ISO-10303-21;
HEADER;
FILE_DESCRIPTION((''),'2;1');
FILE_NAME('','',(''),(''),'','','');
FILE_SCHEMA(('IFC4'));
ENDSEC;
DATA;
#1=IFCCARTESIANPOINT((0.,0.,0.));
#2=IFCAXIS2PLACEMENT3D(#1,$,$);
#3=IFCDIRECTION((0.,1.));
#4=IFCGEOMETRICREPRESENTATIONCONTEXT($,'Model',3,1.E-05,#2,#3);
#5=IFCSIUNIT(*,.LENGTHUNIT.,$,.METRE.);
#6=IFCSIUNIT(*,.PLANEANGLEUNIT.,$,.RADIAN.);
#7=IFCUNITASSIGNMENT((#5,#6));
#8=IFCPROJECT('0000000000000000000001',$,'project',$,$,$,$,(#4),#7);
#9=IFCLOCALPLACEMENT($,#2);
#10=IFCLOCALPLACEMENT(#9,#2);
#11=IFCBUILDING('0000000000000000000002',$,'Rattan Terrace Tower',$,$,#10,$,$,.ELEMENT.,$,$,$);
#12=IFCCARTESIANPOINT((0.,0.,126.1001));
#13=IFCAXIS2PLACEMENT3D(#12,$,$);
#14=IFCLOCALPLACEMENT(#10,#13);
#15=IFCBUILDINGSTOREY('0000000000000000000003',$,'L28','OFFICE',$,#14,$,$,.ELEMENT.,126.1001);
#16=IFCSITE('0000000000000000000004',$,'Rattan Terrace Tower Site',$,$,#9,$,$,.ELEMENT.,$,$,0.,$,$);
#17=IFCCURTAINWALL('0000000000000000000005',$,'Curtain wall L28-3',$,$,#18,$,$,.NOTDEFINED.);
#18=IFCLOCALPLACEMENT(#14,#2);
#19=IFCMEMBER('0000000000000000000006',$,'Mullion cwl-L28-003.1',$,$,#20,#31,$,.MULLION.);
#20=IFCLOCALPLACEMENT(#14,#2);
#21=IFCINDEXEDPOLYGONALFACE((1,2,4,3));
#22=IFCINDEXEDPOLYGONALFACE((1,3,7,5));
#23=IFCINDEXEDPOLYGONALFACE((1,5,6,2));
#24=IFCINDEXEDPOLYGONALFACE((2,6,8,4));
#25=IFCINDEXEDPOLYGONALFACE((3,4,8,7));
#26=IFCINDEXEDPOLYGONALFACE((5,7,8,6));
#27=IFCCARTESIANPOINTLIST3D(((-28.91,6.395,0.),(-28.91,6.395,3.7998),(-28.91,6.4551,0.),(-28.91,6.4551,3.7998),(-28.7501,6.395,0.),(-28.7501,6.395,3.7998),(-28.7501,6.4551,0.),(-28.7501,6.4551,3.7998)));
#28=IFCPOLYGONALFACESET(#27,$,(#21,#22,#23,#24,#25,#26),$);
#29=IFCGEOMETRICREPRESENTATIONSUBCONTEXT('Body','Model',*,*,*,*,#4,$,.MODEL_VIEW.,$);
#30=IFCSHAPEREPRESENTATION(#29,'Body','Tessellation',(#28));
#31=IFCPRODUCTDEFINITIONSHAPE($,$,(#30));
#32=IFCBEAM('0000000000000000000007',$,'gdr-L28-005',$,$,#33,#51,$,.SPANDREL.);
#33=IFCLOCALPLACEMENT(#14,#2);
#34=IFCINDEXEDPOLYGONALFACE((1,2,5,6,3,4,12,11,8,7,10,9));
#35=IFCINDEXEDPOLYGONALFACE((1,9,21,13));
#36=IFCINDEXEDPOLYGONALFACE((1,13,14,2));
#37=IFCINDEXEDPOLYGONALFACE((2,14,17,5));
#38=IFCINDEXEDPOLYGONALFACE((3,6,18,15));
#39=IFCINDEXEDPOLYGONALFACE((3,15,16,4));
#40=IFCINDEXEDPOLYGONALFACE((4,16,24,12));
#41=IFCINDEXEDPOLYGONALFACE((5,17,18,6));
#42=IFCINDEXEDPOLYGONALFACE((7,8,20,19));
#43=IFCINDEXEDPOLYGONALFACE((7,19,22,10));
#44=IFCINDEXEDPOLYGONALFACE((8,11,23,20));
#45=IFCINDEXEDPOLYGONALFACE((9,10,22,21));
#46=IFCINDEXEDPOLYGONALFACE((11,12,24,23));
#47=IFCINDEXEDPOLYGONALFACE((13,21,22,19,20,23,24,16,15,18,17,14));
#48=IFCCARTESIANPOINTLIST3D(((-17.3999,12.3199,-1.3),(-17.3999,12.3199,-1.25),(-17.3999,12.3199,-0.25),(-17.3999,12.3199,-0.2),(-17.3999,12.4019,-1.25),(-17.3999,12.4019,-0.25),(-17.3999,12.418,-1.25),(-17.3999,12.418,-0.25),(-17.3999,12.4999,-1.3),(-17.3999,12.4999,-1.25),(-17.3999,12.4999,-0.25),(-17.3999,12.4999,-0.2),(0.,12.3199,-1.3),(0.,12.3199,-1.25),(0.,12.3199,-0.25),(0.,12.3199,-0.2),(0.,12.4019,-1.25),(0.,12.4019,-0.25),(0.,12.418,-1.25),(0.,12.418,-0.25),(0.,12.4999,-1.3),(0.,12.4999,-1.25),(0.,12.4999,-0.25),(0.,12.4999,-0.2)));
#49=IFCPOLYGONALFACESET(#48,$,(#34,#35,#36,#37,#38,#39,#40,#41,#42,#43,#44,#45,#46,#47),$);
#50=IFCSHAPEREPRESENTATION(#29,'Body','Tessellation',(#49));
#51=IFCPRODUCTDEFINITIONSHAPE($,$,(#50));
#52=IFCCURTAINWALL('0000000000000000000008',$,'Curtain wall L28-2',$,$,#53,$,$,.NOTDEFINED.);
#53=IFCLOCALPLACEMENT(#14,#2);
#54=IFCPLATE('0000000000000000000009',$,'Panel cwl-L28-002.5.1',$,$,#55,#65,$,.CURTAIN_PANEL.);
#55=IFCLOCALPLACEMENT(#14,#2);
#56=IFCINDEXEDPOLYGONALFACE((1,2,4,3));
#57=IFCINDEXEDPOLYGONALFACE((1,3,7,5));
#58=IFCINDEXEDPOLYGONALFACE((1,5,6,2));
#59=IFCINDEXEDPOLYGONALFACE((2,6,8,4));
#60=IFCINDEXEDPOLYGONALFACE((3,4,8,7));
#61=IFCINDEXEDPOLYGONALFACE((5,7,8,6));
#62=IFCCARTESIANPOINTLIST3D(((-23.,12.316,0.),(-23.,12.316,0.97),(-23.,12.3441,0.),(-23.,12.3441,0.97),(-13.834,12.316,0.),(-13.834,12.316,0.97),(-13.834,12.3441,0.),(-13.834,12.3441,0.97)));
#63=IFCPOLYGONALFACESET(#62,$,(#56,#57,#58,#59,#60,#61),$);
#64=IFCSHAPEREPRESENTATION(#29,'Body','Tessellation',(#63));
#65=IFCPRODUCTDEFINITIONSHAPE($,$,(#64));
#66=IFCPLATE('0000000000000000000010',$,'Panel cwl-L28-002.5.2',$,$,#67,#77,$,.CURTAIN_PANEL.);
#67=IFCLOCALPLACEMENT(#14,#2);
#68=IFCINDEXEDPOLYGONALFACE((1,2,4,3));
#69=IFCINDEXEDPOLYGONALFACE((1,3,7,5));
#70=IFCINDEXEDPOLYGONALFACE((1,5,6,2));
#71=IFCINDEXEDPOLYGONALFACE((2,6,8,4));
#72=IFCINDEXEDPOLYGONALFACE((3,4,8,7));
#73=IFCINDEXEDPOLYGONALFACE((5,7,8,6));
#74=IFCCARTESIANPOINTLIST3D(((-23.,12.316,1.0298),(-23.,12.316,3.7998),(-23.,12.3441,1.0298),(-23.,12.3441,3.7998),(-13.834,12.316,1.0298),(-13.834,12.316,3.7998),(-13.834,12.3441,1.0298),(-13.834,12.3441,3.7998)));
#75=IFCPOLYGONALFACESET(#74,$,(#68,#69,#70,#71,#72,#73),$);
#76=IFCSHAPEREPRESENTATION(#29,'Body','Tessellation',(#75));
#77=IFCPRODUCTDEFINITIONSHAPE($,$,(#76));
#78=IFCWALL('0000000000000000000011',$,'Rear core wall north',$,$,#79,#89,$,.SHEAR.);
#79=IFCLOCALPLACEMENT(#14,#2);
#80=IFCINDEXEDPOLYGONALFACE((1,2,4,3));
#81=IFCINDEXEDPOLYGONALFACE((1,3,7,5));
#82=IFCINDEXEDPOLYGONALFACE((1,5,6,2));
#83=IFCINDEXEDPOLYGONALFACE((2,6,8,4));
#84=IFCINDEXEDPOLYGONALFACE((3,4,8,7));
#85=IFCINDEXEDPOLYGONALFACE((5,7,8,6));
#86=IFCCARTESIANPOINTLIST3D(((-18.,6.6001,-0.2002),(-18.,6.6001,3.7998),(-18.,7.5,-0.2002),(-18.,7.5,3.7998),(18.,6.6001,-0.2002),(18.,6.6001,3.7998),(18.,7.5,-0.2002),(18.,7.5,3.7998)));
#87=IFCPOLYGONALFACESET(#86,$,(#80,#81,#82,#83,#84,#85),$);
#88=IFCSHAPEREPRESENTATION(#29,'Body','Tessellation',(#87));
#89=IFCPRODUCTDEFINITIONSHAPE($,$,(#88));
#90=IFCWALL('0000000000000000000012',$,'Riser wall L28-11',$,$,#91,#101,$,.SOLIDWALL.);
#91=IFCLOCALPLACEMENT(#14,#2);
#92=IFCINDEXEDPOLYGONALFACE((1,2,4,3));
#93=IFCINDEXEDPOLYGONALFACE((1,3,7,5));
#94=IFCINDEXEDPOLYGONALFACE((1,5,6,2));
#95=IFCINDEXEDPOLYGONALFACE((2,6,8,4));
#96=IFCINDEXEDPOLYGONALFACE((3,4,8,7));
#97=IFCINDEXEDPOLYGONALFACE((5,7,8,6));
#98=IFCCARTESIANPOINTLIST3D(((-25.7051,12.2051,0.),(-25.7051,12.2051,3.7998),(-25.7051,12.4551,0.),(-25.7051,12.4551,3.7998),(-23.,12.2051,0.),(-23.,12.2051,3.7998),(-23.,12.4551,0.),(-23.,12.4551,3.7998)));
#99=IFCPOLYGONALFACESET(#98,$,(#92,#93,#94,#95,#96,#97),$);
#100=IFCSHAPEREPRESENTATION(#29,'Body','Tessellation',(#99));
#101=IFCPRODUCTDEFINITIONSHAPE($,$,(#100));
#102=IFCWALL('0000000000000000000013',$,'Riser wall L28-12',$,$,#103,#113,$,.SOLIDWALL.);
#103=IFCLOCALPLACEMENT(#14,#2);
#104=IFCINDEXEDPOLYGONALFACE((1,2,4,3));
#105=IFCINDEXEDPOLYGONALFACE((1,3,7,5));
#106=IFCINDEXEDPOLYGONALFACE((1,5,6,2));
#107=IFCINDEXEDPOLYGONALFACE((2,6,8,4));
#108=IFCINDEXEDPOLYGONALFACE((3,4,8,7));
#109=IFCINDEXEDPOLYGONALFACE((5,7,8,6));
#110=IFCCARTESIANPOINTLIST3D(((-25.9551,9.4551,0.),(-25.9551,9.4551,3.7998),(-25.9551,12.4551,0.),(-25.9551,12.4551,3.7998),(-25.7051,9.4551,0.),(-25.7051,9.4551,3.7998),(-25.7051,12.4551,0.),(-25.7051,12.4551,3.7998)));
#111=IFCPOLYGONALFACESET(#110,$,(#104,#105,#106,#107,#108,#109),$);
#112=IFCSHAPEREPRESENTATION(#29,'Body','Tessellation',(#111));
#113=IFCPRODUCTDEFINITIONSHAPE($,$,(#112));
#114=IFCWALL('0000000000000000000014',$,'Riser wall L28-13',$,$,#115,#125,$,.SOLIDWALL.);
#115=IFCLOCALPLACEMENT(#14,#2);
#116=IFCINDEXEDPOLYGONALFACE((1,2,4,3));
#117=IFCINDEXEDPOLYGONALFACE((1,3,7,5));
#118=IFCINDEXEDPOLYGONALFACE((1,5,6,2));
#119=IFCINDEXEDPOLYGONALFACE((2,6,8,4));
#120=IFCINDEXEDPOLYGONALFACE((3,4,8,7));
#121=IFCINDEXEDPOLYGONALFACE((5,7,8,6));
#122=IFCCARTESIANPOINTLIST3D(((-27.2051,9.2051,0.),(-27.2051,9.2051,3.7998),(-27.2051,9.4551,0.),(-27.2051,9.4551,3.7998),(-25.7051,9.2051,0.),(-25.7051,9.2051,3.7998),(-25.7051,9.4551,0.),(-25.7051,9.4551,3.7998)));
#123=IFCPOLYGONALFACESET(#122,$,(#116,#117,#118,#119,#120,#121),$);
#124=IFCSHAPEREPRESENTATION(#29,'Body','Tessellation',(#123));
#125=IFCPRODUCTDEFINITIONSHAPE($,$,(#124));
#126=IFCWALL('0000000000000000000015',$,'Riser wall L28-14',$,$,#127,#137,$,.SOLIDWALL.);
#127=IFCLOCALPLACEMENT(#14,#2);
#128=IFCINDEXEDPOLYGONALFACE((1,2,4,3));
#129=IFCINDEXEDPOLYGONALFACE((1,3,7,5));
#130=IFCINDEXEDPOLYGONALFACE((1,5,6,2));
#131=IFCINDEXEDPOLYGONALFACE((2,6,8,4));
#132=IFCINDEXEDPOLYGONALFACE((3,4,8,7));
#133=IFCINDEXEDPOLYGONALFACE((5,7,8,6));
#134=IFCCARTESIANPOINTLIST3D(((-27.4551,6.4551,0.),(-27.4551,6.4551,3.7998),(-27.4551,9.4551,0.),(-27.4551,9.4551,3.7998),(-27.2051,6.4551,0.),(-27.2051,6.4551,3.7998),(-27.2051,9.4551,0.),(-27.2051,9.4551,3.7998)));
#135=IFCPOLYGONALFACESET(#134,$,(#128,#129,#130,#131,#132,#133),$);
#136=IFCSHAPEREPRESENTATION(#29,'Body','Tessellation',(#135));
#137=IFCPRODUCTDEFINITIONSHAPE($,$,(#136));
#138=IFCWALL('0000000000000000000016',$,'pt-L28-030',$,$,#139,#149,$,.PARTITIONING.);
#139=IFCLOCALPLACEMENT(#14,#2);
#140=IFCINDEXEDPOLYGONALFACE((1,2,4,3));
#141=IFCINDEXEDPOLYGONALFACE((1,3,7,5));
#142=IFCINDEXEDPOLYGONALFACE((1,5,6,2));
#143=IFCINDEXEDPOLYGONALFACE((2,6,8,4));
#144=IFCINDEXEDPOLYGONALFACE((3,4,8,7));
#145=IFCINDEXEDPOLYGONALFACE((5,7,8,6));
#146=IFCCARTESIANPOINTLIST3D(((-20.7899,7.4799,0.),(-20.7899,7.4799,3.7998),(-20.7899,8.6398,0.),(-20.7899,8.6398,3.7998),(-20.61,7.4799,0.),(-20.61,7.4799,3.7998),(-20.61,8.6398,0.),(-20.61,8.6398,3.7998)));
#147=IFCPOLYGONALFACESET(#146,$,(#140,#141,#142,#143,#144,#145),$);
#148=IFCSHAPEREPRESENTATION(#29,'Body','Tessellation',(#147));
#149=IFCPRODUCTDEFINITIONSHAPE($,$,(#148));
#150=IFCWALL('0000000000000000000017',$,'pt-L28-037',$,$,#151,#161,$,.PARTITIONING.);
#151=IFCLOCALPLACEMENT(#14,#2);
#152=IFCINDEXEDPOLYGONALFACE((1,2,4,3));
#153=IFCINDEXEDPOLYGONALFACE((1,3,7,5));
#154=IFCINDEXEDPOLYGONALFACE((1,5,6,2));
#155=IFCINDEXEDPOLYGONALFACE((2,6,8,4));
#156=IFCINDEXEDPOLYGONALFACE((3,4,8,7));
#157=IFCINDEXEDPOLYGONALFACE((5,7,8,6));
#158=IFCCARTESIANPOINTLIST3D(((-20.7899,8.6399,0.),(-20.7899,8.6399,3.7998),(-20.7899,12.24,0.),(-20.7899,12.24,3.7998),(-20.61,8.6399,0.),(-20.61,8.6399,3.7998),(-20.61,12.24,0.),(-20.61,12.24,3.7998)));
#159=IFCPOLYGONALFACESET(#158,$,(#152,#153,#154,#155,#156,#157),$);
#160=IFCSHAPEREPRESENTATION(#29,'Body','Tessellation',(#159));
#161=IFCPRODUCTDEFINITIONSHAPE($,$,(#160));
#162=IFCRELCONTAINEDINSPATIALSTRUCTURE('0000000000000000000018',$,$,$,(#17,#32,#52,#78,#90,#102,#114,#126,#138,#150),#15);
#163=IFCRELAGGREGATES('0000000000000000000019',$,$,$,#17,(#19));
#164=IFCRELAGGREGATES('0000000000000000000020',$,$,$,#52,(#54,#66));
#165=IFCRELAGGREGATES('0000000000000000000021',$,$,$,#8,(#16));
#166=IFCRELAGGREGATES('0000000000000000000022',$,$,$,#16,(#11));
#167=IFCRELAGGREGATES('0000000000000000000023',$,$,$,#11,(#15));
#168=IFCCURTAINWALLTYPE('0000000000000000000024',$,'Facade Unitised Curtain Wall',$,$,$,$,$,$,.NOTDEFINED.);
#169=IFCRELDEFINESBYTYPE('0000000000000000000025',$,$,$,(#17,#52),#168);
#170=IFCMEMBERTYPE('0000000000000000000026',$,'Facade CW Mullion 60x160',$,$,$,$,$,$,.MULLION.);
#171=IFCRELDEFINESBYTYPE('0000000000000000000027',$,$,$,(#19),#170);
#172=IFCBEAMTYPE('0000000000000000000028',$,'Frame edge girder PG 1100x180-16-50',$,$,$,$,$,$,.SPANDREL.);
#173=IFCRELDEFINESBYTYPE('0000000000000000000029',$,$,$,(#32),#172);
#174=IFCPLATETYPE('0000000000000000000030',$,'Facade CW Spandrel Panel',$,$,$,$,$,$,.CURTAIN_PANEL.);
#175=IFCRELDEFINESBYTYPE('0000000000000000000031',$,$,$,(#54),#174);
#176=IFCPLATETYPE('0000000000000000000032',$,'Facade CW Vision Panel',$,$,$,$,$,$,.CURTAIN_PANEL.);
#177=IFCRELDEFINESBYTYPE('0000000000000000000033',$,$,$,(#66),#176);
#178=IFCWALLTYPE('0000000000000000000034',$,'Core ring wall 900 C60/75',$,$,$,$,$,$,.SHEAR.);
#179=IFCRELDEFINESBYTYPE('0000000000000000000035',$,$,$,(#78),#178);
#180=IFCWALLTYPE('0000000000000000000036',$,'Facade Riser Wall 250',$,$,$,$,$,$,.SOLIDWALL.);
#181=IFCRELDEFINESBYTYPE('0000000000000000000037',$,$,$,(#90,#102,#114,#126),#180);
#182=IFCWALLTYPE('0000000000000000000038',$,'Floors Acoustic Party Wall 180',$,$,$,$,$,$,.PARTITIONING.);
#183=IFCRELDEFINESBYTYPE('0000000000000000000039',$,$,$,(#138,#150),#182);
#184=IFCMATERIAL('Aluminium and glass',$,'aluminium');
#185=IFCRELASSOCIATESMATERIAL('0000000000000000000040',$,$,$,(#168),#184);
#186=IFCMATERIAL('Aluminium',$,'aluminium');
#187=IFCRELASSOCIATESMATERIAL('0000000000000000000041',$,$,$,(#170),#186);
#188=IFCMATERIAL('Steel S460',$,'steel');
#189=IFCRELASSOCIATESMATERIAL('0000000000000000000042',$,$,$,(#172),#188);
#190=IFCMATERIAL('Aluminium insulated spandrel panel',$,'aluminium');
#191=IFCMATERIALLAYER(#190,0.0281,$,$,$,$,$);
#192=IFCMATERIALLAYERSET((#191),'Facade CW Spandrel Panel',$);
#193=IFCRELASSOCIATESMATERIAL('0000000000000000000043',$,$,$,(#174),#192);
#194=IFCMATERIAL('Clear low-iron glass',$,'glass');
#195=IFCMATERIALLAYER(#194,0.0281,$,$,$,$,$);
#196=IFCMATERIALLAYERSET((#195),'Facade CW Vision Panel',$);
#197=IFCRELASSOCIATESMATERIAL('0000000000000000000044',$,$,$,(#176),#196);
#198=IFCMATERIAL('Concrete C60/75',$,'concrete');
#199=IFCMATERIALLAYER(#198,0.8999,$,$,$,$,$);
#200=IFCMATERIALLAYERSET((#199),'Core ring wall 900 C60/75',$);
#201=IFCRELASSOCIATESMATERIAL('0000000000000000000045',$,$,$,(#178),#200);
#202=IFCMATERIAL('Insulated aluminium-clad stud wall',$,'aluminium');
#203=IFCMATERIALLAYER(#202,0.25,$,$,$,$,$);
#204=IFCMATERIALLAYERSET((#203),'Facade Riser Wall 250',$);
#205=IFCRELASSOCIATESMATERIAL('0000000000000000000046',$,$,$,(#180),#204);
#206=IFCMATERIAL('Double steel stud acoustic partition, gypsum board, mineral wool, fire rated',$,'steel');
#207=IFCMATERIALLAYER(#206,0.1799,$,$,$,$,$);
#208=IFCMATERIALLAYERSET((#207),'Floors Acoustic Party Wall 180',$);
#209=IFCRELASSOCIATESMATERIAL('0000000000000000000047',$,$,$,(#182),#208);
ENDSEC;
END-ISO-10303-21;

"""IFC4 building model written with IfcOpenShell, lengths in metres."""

from ifc_helpers import new_model, si_unit, direction, frame, frame_2d, origin, origin_2d, place, context, subcontext, project, spatial, rectangle, i_section, extrude, material, layer, layer_set, material_profile, profile_set, type_object, element, aggregate, save


model = new_model("IFC4")

# Units and contexts
model_context = context("Model", 3, precision=1e-05, world=origin(), true_north=direction((0.0, 1.0)))
body_context = subcontext(model_context, "Body", "Model", "MODEL_VIEW")
ifc_project = project(units=[si_unit("LENGTHUNIT", "METRE"), si_unit("PLANEANGLEUNIT", "RADIAN")], contexts=[model_context])

# Site, building, storey
site_placement = place(None, origin())
site = spatial("IfcSite", under=ifc_project, at=site_placement, Name="Rattan Terrace Tower Site", CompositionType="ELEMENT", RefElevation=0.0)
building_placement = place(site_placement, origin())
building = spatial("IfcBuilding", under=site, at=building_placement, Name="Rattan Terrace Tower", CompositionType="ELEMENT")
storey_placement = place(building_placement, frame((0.0, 0.0, 126.1001)))
storey = spatial("IfcBuildingStorey", under=building, at=storey_placement, Name="L28", Description="OFFICE", CompositionType="ELEMENT", Elevation=126.1001)

# Curtain wall, member
ifc_material_1 = material(Name="Aluminium and glass", Category="aluminium")
curtain_wall_type = type_object("IfcCurtainWallType", Name="Facade Unitised Curtain Wall", PredefinedType="NOTDEFINED", material=ifc_material_1)
curtain_wall_1_placement = place(storey_placement, origin())
curtain_wall_1 = element("IfcCurtainWall", 1, at=curtain_wall_1_placement, inside=storey, type_object=curtain_wall_type, Name="Curtain wall L28-3", PredefinedType="NOTDEFINED")
ifc_material_2 = material(Name="Aluminium", Category="aluminium")
ifc_material_profile_1 = material_profile(ifc_material_2, rectangle(XDim=0.0601, YDim=0.1599, at=origin_2d()), Name="Aluminium 60x160")
ifc_profile_set_1 = profile_set([ifc_material_profile_1], Name="Aluminium")
member_type = type_object("IfcMemberType", Name="Facade CW Mullion 60x160", PredefinedType="MULLION", material=ifc_profile_set_1)
member_placement = place(storey_placement, frame((-28.8301, 6.425, 0.0), z_axis=(0.0, 0.0, 1.0), x_axis=(0.0, -1.0, 0.0)))
member = element("IfcMember", 2, at=member_placement, type_object=member_type, Name="Mullion cwl-L28-003.1", PredefinedType="MULLION", context=body_context, shape_type="SweptSolid", body=[
    extrude(rectangle(XDim=0.0601, YDim=0.1599, at=origin_2d()), origin(), (0.0, 0.0, 1.0), 3.7998),
])
aggregate(curtain_wall_1, [member])

# Beam
ifc_material_3 = material(Name="Steel S460", Category="steel")
ifc_material_profile_2 = material_profile(ifc_material_3, i_section(OverallWidth=0.1799, OverallDepth=1.1001, WebThickness=0.0161, FlangeThickness=0.05, at=origin_2d()), Name="PG 1100x180-16-50")
ifc_profile_set_2 = profile_set([ifc_material_profile_2], Name="Steel S460")
beam_type = type_object("IfcBeamType", Name="Frame edge girder PG 1100x180-16-50", PredefinedType="SPANDREL", material=ifc_profile_set_2)
beam_placement = place(storey_placement, frame((-17.3999, 12.4099, -0.75), z_axis=(1.0, 0.0, 0.0), x_axis=(0.0, 1.0, 0.0)))
element("IfcBeam", 3, at=beam_placement, inside=storey, type_object=beam_type, Name="gdr-L28-005", PredefinedType="SPANDREL", context=body_context, shape_type="SweptSolid", body=[
    extrude(i_section(OverallWidth=0.1799, OverallDepth=1.1001, WebThickness=0.0161, FlangeThickness=0.05, at=origin_2d()), origin(), (0.0, 0.0, 1.0), 17.3999),
])

# Curtain wall, plates
curtain_wall_2_placement = place(storey_placement, origin())
curtain_wall_2 = element("IfcCurtainWall", 4, at=curtain_wall_2_placement, inside=storey, type_object=curtain_wall_type, Name="Curtain wall L28-2", PredefinedType="NOTDEFINED")
ifc_material_4 = material(Name="Aluminium insulated spandrel panel", Category="aluminium")
ifc_layer_1 = layer(ifc_material_4, 0.0281)
ifc_layer_set_1 = layer_set([ifc_layer_1], Name="Facade CW Spandrel Panel")
plate_type_1 = type_object("IfcPlateType", Name="Facade CW Spandrel Panel", PredefinedType="CURTAIN_PANEL", material=ifc_layer_set_1)
plate_1_placement = place(storey_placement, frame((-18.417, 12.3301, 0.0), z_axis=(0.0, 0.0, 1.0), x_axis=(-1.0, 0.0, 0.0)))
plate_1 = element("IfcPlate", 5, at=plate_1_placement, type_object=plate_type_1, Name="Panel cwl-L28-002.5.1", PredefinedType="CURTAIN_PANEL", context=body_context, shape_type="SweptSolid", body=[
    extrude(rectangle(XDim=9.166, YDim=0.0281, at=origin_2d()), origin(), (0.0, 0.0, 1.0), 0.97),
])
ifc_material_5 = material(Name="Clear low-iron glass", Category="glass")
ifc_layer_2 = layer(ifc_material_5, 0.0281)
ifc_layer_set_2 = layer_set([ifc_layer_2], Name="Facade CW Vision Panel")
plate_type_2 = type_object("IfcPlateType", Name="Facade CW Vision Panel", PredefinedType="CURTAIN_PANEL", material=ifc_layer_set_2)
plate_2_placement = place(storey_placement, frame((-18.417, 12.3301, 1.0298), z_axis=(0.0, 0.0, 1.0), x_axis=(-1.0, 0.0, 0.0)))
plate_2 = element("IfcPlate", 6, at=plate_2_placement, type_object=plate_type_2, Name="Panel cwl-L28-002.5.2", PredefinedType="CURTAIN_PANEL", context=body_context, shape_type="SweptSolid", body=[
    extrude(rectangle(XDim=9.166, YDim=0.0281, at=origin_2d()), origin(), (0.0, 0.0, 1.0), 2.77),
])
aggregate(curtain_wall_2, [plate_1, plate_2])

# Walls
ifc_material_6 = material(Name="Concrete C60/75", Category="concrete")
ifc_layer_3 = layer(ifc_material_6, 0.8999)
ifc_layer_set_3 = layer_set([ifc_layer_3], Name="Core ring wall 900 C60/75")
wall_type_1 = type_object("IfcWallType", Name="Core ring wall 900 C60/75", PredefinedType="SHEAR", material=ifc_layer_set_3)
wall_1_placement = place(storey_placement, frame((-18.0, 7.05, -0.2002), z_axis=(0.0, 0.0, 1.0), x_axis=(1.0, 0.0, 0.0)))
element("IfcWall", 7, at=wall_1_placement, inside=storey, type_object=wall_type_1, Name="Rear core wall north", PredefinedType="SHEAR", context=body_context, shape_type="SweptSolid", body=[
    extrude(rectangle(XDim=36.0, YDim=0.8999, at=frame_2d((18.0, 0.0))), origin(), (0.0, 0.0, 1.0), 4.0),
])
ifc_material_7 = material(Name="Insulated aluminium-clad stud wall", Category="aluminium")
ifc_layer_4 = layer(ifc_material_7, 0.25)
ifc_layer_set_4 = layer_set([ifc_layer_4], Name="Facade Riser Wall 250")
wall_type_2 = type_object("IfcWallType", Name="Facade Riser Wall 250", PredefinedType="SOLIDWALL", material=ifc_layer_set_4)
wall_2_placement = place(storey_placement, frame((-23.0, 12.3301, 0.0), z_axis=(0.0, 0.0, 1.0), x_axis=(-1.0, 0.0, 0.0)))
element("IfcWall", 8, at=wall_2_placement, inside=storey, type_object=wall_type_2, Name="Riser wall L28-11", PredefinedType="SOLIDWALL", context=body_context, shape_type="SweptSolid", body=[
    extrude(rectangle(XDim=2.7051, YDim=0.25, at=frame_2d((1.3525, 0.0))), origin(), (0.0, 0.0, 1.0), 3.7998),
])
wall_3_placement = place(storey_placement, frame((-25.8301, 12.4551, 0.0), z_axis=(0.0, 0.0, 1.0), x_axis=(0.0, -1.0, 0.0)))
element("IfcWall", 9, at=wall_3_placement, inside=storey, type_object=wall_type_2, Name="Riser wall L28-12", PredefinedType="SOLIDWALL", context=body_context, shape_type="SweptSolid", body=[
    extrude(rectangle(XDim=3.0, YDim=0.25, at=frame_2d((1.5, 0.0))), origin(), (0.0, 0.0, 1.0), 3.7998),
])
wall_4_placement = place(storey_placement, frame((-25.7051, 9.3301, 0.0), z_axis=(0.0, 0.0, 1.0), x_axis=(-1.0, 0.0, 0.0)))
element("IfcWall", 10, at=wall_4_placement, inside=storey, type_object=wall_type_2, Name="Riser wall L28-13", PredefinedType="SOLIDWALL", context=body_context, shape_type="SweptSolid", body=[
    extrude(rectangle(XDim=1.5, YDim=0.25, at=frame_2d((0.75, 0.0))), origin(), (0.0, 0.0, 1.0), 3.7998),
])
wall_5_placement = place(storey_placement, frame((-27.3301, 9.4551, 0.0), z_axis=(0.0, 0.0, 1.0), x_axis=(0.0, -1.0, 0.0)))
element("IfcWall", 11, at=wall_5_placement, inside=storey, type_object=wall_type_2, Name="Riser wall L28-14", PredefinedType="SOLIDWALL", context=body_context, shape_type="SweptSolid", body=[
    extrude(rectangle(XDim=3.0, YDim=0.25, at=frame_2d((1.5, 0.0))), origin(), (0.0, 0.0, 1.0), 3.7998),
])
ifc_material_8 = material(Name="Double steel stud acoustic partition, gypsum board, mineral wool, fire rated", Category="steel")
ifc_layer_5 = layer(ifc_material_8, 0.1799)
ifc_layer_set_5 = layer_set([ifc_layer_5], Name="Floors Acoustic Party Wall 180")
wall_type_3 = type_object("IfcWallType", Name="Floors Acoustic Party Wall 180", PredefinedType="PARTITIONING", material=ifc_layer_set_5)
wall_6_placement = place(storey_placement, frame((-20.7, 8.6399, 0.0), z_axis=(0.0, 0.0, 1.0), x_axis=(0.0, -1.0, 0.0)))
element("IfcWall", 12, at=wall_6_placement, inside=storey, type_object=wall_type_3, Name="pt-L28-030", PredefinedType="PARTITIONING", context=body_context, shape_type="SweptSolid", body=[
    extrude(rectangle(XDim=1.1599, YDim=0.1799, at=frame_2d((0.5801, 0.0))), origin(), (0.0, 0.0, 1.0), 3.7998),
])
wall_7_placement = place(storey_placement, frame((-20.7, 12.24, 0.0), z_axis=(0.0, 0.0, 1.0), x_axis=(0.0, -1.0, 0.0)))
element("IfcWall", 13, at=wall_7_placement, inside=storey, type_object=wall_type_3, Name="pt-L28-037", PredefinedType="PARTITIONING", context=body_context, shape_type="SweptSolid", body=[
    extrude(rectangle(XDim=3.6001, YDim=0.1799, at=frame_2d((1.8, 0.0))), origin(), (0.0, 0.0, 1.0), 3.7998),
])

save(model, "model.ifc")
